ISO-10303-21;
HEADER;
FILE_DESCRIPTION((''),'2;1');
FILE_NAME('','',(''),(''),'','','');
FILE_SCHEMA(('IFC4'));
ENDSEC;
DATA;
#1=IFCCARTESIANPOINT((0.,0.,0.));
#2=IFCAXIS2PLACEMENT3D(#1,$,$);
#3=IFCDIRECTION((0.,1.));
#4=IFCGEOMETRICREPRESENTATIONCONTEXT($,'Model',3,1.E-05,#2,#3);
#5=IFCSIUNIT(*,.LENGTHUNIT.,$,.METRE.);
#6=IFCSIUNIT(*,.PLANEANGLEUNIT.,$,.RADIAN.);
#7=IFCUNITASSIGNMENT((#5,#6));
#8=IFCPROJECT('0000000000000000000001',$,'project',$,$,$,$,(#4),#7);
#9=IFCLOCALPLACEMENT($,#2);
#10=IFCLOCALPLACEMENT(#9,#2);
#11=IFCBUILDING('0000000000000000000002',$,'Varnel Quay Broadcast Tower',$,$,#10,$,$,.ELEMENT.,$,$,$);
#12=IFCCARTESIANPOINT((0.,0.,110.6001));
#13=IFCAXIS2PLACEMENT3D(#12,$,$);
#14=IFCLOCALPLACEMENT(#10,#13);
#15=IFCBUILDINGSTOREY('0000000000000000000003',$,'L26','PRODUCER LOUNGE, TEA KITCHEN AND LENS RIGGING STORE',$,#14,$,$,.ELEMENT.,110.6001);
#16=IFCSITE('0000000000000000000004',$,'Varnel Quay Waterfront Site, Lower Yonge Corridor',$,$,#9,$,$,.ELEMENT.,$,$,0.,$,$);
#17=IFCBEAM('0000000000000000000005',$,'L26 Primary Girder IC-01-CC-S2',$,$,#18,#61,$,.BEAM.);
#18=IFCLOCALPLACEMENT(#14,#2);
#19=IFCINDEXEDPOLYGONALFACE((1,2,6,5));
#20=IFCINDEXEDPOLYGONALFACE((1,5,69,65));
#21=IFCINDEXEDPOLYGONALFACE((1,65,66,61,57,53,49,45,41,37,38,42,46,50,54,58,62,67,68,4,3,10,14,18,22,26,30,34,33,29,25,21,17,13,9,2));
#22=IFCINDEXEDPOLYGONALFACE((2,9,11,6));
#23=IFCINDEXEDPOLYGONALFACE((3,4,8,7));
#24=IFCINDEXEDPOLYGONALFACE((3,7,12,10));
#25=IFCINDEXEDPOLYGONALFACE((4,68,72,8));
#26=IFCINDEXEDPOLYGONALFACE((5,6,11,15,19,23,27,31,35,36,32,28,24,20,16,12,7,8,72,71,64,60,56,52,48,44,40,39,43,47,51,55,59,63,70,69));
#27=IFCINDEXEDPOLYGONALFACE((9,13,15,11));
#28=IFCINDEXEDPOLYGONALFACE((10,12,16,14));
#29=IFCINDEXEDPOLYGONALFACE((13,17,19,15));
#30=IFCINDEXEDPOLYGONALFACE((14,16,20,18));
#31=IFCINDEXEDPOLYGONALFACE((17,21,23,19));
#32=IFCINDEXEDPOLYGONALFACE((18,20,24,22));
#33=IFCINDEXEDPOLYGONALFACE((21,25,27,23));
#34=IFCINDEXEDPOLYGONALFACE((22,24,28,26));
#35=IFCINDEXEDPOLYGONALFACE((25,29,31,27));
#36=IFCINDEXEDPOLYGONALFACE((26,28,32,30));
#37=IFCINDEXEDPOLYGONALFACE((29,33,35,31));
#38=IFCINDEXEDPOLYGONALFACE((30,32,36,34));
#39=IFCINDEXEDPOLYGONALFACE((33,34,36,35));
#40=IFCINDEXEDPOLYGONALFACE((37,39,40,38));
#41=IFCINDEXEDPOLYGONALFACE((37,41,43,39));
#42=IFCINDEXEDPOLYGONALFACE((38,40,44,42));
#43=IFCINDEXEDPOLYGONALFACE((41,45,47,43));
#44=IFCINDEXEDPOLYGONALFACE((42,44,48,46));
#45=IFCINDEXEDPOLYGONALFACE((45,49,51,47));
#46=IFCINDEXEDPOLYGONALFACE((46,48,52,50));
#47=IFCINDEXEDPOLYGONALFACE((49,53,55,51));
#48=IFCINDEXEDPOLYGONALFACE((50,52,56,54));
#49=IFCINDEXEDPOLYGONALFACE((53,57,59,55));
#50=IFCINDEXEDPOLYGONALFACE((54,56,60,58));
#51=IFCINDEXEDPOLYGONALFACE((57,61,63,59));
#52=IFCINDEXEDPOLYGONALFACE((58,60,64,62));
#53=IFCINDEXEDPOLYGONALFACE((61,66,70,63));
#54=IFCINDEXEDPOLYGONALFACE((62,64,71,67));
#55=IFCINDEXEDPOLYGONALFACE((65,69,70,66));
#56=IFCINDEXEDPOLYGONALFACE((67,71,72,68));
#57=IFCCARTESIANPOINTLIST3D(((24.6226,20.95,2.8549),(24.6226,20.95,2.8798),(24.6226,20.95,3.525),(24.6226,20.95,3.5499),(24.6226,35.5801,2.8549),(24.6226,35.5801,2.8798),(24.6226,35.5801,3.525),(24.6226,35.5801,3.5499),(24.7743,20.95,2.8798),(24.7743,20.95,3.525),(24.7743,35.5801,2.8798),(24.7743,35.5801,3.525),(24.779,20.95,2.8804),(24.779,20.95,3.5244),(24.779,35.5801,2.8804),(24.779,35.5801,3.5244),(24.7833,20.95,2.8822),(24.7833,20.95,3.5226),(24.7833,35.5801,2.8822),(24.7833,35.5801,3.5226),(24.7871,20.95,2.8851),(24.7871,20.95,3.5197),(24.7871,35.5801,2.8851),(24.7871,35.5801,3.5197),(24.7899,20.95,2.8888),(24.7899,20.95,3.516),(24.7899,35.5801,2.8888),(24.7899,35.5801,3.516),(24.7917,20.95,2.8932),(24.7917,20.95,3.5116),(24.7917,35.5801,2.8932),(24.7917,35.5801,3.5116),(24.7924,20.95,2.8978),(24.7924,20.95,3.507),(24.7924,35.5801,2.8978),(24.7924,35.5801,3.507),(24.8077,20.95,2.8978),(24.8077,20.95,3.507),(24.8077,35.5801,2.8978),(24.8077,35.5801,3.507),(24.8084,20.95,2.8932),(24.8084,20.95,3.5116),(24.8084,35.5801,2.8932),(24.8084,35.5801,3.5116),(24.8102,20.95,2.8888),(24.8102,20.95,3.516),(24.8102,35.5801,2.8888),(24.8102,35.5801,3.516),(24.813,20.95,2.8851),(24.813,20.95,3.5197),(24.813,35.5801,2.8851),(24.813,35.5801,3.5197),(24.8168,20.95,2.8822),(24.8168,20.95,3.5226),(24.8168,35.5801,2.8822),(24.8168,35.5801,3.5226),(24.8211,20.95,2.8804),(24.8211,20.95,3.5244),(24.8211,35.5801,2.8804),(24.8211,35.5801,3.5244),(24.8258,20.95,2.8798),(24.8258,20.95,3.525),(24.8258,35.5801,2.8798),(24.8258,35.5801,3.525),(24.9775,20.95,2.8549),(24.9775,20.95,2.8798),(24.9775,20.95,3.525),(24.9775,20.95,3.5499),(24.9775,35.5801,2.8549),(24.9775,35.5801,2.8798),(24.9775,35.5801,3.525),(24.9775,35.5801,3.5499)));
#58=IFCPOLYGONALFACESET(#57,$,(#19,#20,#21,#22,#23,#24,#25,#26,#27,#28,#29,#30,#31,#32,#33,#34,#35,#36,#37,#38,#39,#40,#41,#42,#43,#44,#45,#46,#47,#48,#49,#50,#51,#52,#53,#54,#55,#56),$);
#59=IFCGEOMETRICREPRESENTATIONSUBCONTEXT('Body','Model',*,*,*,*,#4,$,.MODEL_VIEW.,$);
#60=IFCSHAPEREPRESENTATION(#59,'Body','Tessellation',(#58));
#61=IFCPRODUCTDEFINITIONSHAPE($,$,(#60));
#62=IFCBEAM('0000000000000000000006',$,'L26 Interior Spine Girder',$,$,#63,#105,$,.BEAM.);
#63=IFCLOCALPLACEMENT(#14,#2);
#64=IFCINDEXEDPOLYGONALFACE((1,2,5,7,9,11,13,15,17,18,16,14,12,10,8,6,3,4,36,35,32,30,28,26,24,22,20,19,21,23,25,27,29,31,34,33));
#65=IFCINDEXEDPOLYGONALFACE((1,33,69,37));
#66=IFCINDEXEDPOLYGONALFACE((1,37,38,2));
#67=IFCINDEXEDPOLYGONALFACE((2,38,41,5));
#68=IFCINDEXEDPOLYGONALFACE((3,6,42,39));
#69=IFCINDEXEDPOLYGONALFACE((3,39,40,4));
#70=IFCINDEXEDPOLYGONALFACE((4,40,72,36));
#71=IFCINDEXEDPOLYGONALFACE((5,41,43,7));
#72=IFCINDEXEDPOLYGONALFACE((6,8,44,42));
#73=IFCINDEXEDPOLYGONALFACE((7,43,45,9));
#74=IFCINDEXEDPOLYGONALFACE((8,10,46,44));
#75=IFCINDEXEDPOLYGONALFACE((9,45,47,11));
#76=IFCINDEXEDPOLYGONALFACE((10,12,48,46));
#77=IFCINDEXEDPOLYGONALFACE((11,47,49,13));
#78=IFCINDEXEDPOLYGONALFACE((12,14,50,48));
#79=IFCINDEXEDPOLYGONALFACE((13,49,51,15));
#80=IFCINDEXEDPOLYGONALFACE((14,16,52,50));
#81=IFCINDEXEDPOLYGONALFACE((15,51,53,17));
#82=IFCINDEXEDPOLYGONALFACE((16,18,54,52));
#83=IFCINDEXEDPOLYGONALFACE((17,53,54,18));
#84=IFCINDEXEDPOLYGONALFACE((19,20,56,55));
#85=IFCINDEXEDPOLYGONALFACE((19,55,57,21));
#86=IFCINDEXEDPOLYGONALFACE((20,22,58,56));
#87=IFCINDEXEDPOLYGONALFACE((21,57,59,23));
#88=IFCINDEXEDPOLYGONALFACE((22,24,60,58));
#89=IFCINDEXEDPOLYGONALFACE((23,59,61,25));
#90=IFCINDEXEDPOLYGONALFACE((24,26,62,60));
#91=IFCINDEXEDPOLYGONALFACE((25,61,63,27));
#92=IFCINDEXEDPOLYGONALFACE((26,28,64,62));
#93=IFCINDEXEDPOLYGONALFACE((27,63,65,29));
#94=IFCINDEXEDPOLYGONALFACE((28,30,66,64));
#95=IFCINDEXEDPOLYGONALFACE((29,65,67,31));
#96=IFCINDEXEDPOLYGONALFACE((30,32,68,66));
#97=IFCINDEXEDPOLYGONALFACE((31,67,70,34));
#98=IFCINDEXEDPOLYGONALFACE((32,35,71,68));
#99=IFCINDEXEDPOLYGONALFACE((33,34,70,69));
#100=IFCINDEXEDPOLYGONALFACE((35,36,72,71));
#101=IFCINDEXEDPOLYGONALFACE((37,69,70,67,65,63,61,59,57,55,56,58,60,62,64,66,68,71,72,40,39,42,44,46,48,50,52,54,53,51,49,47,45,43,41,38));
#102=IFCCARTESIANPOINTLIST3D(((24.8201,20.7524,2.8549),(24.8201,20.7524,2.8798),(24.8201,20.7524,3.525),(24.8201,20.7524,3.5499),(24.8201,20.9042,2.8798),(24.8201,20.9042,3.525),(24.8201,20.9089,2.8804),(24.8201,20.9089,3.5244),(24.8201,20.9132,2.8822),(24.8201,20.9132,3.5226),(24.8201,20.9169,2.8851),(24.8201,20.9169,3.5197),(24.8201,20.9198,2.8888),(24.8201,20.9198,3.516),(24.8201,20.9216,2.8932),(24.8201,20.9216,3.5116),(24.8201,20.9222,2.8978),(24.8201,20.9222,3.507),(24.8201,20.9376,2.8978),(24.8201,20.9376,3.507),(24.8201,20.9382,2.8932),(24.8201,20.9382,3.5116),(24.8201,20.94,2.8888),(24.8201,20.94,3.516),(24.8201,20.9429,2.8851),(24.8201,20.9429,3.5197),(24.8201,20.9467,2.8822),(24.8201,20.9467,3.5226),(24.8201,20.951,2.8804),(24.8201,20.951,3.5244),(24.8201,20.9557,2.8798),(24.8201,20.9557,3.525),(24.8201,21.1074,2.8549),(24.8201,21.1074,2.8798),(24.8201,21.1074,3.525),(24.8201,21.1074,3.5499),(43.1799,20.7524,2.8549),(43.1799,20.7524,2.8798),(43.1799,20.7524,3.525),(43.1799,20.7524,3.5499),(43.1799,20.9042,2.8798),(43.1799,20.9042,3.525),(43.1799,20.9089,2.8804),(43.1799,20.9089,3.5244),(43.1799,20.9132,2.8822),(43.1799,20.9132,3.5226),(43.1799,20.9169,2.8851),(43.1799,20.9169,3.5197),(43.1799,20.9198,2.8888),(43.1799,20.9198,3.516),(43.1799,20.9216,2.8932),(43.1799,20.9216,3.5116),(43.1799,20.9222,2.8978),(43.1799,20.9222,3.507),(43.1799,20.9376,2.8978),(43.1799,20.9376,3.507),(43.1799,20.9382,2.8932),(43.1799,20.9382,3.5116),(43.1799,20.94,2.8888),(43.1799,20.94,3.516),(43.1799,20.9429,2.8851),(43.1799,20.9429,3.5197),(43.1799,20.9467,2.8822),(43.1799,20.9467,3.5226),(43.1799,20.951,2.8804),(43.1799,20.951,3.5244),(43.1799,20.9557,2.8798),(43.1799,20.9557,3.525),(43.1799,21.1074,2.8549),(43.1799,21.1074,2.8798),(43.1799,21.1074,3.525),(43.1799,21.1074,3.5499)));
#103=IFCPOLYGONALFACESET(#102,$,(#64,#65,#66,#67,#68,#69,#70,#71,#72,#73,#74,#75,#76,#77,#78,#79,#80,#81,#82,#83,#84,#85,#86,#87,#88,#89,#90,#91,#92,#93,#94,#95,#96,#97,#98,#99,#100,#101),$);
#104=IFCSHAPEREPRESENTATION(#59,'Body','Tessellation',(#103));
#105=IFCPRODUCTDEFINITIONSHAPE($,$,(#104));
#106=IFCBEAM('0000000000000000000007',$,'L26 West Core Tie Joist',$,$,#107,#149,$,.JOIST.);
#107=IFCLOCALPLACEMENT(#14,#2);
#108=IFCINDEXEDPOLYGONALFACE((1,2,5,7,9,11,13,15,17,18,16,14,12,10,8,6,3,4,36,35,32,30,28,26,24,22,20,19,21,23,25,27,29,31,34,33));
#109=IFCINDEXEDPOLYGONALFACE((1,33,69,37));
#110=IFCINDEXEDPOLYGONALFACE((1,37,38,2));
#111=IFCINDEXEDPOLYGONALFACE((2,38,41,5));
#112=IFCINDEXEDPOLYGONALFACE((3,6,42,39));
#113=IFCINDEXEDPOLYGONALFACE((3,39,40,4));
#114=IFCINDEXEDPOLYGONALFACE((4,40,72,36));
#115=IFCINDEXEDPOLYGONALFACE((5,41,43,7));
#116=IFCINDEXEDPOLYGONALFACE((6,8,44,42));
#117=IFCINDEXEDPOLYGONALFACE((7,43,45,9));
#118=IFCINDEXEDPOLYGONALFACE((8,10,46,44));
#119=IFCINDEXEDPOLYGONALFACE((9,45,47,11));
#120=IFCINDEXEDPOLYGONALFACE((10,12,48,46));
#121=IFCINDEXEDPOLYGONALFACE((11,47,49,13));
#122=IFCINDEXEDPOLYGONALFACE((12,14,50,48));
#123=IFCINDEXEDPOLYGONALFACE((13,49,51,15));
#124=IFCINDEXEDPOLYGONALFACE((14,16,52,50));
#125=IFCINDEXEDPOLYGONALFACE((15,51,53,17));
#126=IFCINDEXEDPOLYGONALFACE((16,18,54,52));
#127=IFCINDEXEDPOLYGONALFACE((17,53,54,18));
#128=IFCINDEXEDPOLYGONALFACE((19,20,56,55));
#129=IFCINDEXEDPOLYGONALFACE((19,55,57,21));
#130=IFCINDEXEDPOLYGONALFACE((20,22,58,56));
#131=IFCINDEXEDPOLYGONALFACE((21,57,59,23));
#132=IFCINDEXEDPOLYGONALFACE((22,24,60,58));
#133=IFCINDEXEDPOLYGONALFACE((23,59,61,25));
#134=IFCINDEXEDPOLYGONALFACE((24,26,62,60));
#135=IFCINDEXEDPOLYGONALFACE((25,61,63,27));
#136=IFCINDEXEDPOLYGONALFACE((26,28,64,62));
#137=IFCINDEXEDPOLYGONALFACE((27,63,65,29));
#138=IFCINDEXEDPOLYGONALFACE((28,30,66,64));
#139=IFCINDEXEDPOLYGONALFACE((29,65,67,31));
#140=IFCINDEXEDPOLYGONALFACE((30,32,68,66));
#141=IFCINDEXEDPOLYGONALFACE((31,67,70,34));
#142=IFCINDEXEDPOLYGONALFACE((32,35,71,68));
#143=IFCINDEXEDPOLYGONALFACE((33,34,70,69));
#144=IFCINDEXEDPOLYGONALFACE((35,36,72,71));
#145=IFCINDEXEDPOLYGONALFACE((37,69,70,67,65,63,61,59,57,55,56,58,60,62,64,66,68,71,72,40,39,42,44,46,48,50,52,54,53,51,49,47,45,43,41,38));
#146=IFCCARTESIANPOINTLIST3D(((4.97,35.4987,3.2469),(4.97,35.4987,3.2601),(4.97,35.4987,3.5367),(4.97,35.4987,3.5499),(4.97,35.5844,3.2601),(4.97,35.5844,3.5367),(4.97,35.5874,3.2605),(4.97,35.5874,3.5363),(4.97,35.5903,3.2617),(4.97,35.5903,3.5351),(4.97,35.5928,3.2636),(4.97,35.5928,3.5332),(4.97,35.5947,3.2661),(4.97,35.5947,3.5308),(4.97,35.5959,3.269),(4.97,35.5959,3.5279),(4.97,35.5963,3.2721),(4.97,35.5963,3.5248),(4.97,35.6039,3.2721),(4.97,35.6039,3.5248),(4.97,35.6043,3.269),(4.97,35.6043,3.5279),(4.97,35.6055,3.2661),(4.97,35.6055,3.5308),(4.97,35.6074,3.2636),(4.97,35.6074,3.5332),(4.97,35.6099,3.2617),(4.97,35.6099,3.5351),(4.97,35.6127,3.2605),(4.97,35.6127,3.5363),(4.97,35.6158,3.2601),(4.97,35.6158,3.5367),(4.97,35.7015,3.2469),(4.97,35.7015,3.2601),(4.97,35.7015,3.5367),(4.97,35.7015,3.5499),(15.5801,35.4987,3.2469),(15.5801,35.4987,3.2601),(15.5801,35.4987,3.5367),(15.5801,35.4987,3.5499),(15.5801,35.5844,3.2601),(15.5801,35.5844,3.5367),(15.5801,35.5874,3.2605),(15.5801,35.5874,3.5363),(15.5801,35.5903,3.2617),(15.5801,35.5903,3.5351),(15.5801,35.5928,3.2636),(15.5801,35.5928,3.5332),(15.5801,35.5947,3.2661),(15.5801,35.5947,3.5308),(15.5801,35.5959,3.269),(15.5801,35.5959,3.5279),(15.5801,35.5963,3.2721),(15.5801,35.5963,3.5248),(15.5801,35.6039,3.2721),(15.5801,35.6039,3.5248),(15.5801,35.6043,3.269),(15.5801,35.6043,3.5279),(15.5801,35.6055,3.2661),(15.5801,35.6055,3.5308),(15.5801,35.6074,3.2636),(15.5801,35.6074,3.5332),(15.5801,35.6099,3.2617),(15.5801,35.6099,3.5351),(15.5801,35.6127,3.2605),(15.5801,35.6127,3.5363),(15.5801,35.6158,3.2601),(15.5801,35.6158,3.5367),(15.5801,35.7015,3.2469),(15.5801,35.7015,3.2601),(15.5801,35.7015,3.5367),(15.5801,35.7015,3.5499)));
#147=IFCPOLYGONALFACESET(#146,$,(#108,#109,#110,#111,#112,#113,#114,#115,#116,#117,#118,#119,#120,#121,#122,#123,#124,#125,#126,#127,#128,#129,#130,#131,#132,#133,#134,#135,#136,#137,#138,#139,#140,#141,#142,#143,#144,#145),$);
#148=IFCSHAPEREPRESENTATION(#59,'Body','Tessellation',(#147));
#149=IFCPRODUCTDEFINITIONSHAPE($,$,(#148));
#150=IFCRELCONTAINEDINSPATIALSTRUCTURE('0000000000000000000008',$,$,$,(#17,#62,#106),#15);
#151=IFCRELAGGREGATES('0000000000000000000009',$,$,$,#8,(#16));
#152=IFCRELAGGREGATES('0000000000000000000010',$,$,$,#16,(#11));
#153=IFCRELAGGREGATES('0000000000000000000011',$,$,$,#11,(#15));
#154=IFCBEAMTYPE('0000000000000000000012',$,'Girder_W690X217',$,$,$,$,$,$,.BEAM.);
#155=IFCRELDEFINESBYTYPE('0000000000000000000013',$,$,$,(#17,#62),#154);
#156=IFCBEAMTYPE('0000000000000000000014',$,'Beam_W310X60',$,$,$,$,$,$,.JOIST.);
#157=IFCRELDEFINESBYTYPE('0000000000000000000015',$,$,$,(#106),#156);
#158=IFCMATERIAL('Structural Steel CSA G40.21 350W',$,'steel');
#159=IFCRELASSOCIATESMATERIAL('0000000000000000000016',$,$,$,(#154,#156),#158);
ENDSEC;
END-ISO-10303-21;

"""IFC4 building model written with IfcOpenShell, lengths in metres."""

from ifc_helpers import new_model, si_unit, direction, frame, origin, origin_2d, place, context, subcontext, project, spatial, i_section, extrude, source, transform, mapped, material, material_profile, profile_set, type_object, type_shapes, element, save


model = new_model("IFC4")

# Units and contexts
model_context = context("Model", 3, precision=1e-05, world=origin(), true_north=direction((0.0, 1.0)))
body_context = subcontext(model_context, "Body", "Model", "MODEL_VIEW")
ifc_project = project(units=[si_unit("LENGTHUNIT", "METRE"), si_unit("PLANEANGLEUNIT", "RADIAN")], contexts=[model_context])

# Site, building, storey
site_placement = place(None, origin())
site = spatial("IfcSite", under=ifc_project, at=site_placement, Name="Varnel Quay Waterfront Site, Lower Yonge Corridor", CompositionType="ELEMENT", RefElevation=0.0)
building_placement = place(site_placement, origin())
building = spatial("IfcBuilding", under=site, at=building_placement, Name="Varnel Quay Broadcast Tower", CompositionType="ELEMENT")
storey_placement = place(building_placement, frame((0.0, 0.0, 110.6001)))
storey = spatial("IfcBuildingStorey", under=building, at=storey_placement, Name="L26", Description="PRODUCER LOUNGE, TEA KITCHEN AND LENS RIGGING STORE", CompositionType="ELEMENT", Elevation=110.6001)

# Shared definitions
ifc_material_1 = material(Name="Structural Steel CSA G40.21 350W", Category="steel")

# Beams
ifc_material_profile_1 = material_profile(ifc_material_1, i_section(OverallWidth=0.355, OverallDepth=0.6951, WebThickness=0.0154, FlangeThickness=0.0249, FilletRadius=0.0181, at=origin_2d()), Name="W690X217")
ifc_profile_set_1 = profile_set([ifc_material_profile_1], Name="Structural Steel CSA G40.21 350W")
beam_type_1 = type_object("IfcBeamType", Name="Girder_W690X217", PredefinedType="BEAM", material=ifc_profile_set_1)
shared_shape_1 = source(origin(), body_context, "Body", "SweptSolid", [
    extrude(i_section(OverallWidth=0.355, OverallDepth=0.6951, WebThickness=0.0154, FlangeThickness=0.0249, FilletRadius=0.0181, at=origin_2d()), origin(), (0.0, 0.0, 1.0), 14.6301),
])
beam_1_placement = place(storey_placement, frame((24.8, 20.95, 3.2024), z_axis=(0.0, 1.0, 0.0), x_axis=(-1.0, 0.0, 0.0)))
element("IfcBeam", 1, at=beam_1_placement, inside=storey, type_object=beam_type_1, Name="L26 Primary Girder IC-01-CC-S2", PredefinedType="BEAM", context=body_context, shape_type="MappedRepresentation", body=[
    mapped(shared_shape_1, transform((0.0, 0.0, 0.0), x_axis=(1.0, 0.0, 0.0), y_axis=(0.0, 1.0, 0.0), z_axis=(0.0, 0.0, 1.0), scale=1.0)),
])
shared_shape_2 = source(origin(), body_context, "Body", "SweptSolid", [
    extrude(i_section(OverallWidth=0.355, OverallDepth=0.6951, WebThickness=0.0154, FlangeThickness=0.0249, FilletRadius=0.0181, at=origin_2d()), origin(), (0.0, 0.0, 1.0), 18.3599),
])
type_shapes(beam_type_1, [shared_shape_1, shared_shape_2])
beam_2_placement = place(storey_placement, frame((24.8201, 20.9299, 3.2024), z_axis=(1.0, 0.0, 0.0), x_axis=(0.0, 1.0, 0.0)))
element("IfcBeam", 2, at=beam_2_placement, inside=storey, type_object=beam_type_1, Name="L26 Interior Spine Girder", PredefinedType="BEAM", context=body_context, shape_type="MappedRepresentation", body=[
    mapped(shared_shape_2, transform((0.0, 0.0, 0.0), x_axis=(1.0, 0.0, 0.0), y_axis=(0.0, 1.0, 0.0), z_axis=(0.0, 0.0, 1.0), scale=1.0)),
])
ifc_material_profile_2 = material_profile(ifc_material_1, i_section(OverallWidth=0.2029, OverallDepth=0.303, WebThickness=0.0076, FlangeThickness=0.0132, FilletRadius=0.012, at=origin_2d()), Name="W310X60")
ifc_profile_set_2 = profile_set([ifc_material_profile_2], Name="Structural Steel CSA G40.21 350W")
beam_type_2 = type_object("IfcBeamType", Name="Beam_W310X60", PredefinedType="JOIST", material=ifc_profile_set_2)
shared_shape_3 = source(origin(), body_context, "Body", "SweptSolid", [
    extrude(i_section(OverallWidth=0.2029, OverallDepth=0.303, WebThickness=0.0076, FlangeThickness=0.0132, FilletRadius=0.012, at=origin_2d()), origin(), (0.0, 0.0, 1.0), 10.6101),
])
beam_3_placement = place(storey_placement, frame((4.97, 35.6001, 3.3984), z_axis=(1.0, 0.0, 0.0), x_axis=(0.0, 1.0, 0.0)))
element("IfcBeam", 3, at=beam_3_placement, inside=storey, type_object=beam_type_2, Name="L26 West Core Tie Joist", PredefinedType="JOIST", context=body_context, shape_type="MappedRepresentation", body=[
    mapped(shared_shape_3, transform((0.0, 0.0, 0.0), x_axis=(1.0, 0.0, 0.0), y_axis=(0.0, 1.0, 0.0), z_axis=(0.0, 0.0, 1.0), scale=1.0)),
])

save(model, "model.ifc")
